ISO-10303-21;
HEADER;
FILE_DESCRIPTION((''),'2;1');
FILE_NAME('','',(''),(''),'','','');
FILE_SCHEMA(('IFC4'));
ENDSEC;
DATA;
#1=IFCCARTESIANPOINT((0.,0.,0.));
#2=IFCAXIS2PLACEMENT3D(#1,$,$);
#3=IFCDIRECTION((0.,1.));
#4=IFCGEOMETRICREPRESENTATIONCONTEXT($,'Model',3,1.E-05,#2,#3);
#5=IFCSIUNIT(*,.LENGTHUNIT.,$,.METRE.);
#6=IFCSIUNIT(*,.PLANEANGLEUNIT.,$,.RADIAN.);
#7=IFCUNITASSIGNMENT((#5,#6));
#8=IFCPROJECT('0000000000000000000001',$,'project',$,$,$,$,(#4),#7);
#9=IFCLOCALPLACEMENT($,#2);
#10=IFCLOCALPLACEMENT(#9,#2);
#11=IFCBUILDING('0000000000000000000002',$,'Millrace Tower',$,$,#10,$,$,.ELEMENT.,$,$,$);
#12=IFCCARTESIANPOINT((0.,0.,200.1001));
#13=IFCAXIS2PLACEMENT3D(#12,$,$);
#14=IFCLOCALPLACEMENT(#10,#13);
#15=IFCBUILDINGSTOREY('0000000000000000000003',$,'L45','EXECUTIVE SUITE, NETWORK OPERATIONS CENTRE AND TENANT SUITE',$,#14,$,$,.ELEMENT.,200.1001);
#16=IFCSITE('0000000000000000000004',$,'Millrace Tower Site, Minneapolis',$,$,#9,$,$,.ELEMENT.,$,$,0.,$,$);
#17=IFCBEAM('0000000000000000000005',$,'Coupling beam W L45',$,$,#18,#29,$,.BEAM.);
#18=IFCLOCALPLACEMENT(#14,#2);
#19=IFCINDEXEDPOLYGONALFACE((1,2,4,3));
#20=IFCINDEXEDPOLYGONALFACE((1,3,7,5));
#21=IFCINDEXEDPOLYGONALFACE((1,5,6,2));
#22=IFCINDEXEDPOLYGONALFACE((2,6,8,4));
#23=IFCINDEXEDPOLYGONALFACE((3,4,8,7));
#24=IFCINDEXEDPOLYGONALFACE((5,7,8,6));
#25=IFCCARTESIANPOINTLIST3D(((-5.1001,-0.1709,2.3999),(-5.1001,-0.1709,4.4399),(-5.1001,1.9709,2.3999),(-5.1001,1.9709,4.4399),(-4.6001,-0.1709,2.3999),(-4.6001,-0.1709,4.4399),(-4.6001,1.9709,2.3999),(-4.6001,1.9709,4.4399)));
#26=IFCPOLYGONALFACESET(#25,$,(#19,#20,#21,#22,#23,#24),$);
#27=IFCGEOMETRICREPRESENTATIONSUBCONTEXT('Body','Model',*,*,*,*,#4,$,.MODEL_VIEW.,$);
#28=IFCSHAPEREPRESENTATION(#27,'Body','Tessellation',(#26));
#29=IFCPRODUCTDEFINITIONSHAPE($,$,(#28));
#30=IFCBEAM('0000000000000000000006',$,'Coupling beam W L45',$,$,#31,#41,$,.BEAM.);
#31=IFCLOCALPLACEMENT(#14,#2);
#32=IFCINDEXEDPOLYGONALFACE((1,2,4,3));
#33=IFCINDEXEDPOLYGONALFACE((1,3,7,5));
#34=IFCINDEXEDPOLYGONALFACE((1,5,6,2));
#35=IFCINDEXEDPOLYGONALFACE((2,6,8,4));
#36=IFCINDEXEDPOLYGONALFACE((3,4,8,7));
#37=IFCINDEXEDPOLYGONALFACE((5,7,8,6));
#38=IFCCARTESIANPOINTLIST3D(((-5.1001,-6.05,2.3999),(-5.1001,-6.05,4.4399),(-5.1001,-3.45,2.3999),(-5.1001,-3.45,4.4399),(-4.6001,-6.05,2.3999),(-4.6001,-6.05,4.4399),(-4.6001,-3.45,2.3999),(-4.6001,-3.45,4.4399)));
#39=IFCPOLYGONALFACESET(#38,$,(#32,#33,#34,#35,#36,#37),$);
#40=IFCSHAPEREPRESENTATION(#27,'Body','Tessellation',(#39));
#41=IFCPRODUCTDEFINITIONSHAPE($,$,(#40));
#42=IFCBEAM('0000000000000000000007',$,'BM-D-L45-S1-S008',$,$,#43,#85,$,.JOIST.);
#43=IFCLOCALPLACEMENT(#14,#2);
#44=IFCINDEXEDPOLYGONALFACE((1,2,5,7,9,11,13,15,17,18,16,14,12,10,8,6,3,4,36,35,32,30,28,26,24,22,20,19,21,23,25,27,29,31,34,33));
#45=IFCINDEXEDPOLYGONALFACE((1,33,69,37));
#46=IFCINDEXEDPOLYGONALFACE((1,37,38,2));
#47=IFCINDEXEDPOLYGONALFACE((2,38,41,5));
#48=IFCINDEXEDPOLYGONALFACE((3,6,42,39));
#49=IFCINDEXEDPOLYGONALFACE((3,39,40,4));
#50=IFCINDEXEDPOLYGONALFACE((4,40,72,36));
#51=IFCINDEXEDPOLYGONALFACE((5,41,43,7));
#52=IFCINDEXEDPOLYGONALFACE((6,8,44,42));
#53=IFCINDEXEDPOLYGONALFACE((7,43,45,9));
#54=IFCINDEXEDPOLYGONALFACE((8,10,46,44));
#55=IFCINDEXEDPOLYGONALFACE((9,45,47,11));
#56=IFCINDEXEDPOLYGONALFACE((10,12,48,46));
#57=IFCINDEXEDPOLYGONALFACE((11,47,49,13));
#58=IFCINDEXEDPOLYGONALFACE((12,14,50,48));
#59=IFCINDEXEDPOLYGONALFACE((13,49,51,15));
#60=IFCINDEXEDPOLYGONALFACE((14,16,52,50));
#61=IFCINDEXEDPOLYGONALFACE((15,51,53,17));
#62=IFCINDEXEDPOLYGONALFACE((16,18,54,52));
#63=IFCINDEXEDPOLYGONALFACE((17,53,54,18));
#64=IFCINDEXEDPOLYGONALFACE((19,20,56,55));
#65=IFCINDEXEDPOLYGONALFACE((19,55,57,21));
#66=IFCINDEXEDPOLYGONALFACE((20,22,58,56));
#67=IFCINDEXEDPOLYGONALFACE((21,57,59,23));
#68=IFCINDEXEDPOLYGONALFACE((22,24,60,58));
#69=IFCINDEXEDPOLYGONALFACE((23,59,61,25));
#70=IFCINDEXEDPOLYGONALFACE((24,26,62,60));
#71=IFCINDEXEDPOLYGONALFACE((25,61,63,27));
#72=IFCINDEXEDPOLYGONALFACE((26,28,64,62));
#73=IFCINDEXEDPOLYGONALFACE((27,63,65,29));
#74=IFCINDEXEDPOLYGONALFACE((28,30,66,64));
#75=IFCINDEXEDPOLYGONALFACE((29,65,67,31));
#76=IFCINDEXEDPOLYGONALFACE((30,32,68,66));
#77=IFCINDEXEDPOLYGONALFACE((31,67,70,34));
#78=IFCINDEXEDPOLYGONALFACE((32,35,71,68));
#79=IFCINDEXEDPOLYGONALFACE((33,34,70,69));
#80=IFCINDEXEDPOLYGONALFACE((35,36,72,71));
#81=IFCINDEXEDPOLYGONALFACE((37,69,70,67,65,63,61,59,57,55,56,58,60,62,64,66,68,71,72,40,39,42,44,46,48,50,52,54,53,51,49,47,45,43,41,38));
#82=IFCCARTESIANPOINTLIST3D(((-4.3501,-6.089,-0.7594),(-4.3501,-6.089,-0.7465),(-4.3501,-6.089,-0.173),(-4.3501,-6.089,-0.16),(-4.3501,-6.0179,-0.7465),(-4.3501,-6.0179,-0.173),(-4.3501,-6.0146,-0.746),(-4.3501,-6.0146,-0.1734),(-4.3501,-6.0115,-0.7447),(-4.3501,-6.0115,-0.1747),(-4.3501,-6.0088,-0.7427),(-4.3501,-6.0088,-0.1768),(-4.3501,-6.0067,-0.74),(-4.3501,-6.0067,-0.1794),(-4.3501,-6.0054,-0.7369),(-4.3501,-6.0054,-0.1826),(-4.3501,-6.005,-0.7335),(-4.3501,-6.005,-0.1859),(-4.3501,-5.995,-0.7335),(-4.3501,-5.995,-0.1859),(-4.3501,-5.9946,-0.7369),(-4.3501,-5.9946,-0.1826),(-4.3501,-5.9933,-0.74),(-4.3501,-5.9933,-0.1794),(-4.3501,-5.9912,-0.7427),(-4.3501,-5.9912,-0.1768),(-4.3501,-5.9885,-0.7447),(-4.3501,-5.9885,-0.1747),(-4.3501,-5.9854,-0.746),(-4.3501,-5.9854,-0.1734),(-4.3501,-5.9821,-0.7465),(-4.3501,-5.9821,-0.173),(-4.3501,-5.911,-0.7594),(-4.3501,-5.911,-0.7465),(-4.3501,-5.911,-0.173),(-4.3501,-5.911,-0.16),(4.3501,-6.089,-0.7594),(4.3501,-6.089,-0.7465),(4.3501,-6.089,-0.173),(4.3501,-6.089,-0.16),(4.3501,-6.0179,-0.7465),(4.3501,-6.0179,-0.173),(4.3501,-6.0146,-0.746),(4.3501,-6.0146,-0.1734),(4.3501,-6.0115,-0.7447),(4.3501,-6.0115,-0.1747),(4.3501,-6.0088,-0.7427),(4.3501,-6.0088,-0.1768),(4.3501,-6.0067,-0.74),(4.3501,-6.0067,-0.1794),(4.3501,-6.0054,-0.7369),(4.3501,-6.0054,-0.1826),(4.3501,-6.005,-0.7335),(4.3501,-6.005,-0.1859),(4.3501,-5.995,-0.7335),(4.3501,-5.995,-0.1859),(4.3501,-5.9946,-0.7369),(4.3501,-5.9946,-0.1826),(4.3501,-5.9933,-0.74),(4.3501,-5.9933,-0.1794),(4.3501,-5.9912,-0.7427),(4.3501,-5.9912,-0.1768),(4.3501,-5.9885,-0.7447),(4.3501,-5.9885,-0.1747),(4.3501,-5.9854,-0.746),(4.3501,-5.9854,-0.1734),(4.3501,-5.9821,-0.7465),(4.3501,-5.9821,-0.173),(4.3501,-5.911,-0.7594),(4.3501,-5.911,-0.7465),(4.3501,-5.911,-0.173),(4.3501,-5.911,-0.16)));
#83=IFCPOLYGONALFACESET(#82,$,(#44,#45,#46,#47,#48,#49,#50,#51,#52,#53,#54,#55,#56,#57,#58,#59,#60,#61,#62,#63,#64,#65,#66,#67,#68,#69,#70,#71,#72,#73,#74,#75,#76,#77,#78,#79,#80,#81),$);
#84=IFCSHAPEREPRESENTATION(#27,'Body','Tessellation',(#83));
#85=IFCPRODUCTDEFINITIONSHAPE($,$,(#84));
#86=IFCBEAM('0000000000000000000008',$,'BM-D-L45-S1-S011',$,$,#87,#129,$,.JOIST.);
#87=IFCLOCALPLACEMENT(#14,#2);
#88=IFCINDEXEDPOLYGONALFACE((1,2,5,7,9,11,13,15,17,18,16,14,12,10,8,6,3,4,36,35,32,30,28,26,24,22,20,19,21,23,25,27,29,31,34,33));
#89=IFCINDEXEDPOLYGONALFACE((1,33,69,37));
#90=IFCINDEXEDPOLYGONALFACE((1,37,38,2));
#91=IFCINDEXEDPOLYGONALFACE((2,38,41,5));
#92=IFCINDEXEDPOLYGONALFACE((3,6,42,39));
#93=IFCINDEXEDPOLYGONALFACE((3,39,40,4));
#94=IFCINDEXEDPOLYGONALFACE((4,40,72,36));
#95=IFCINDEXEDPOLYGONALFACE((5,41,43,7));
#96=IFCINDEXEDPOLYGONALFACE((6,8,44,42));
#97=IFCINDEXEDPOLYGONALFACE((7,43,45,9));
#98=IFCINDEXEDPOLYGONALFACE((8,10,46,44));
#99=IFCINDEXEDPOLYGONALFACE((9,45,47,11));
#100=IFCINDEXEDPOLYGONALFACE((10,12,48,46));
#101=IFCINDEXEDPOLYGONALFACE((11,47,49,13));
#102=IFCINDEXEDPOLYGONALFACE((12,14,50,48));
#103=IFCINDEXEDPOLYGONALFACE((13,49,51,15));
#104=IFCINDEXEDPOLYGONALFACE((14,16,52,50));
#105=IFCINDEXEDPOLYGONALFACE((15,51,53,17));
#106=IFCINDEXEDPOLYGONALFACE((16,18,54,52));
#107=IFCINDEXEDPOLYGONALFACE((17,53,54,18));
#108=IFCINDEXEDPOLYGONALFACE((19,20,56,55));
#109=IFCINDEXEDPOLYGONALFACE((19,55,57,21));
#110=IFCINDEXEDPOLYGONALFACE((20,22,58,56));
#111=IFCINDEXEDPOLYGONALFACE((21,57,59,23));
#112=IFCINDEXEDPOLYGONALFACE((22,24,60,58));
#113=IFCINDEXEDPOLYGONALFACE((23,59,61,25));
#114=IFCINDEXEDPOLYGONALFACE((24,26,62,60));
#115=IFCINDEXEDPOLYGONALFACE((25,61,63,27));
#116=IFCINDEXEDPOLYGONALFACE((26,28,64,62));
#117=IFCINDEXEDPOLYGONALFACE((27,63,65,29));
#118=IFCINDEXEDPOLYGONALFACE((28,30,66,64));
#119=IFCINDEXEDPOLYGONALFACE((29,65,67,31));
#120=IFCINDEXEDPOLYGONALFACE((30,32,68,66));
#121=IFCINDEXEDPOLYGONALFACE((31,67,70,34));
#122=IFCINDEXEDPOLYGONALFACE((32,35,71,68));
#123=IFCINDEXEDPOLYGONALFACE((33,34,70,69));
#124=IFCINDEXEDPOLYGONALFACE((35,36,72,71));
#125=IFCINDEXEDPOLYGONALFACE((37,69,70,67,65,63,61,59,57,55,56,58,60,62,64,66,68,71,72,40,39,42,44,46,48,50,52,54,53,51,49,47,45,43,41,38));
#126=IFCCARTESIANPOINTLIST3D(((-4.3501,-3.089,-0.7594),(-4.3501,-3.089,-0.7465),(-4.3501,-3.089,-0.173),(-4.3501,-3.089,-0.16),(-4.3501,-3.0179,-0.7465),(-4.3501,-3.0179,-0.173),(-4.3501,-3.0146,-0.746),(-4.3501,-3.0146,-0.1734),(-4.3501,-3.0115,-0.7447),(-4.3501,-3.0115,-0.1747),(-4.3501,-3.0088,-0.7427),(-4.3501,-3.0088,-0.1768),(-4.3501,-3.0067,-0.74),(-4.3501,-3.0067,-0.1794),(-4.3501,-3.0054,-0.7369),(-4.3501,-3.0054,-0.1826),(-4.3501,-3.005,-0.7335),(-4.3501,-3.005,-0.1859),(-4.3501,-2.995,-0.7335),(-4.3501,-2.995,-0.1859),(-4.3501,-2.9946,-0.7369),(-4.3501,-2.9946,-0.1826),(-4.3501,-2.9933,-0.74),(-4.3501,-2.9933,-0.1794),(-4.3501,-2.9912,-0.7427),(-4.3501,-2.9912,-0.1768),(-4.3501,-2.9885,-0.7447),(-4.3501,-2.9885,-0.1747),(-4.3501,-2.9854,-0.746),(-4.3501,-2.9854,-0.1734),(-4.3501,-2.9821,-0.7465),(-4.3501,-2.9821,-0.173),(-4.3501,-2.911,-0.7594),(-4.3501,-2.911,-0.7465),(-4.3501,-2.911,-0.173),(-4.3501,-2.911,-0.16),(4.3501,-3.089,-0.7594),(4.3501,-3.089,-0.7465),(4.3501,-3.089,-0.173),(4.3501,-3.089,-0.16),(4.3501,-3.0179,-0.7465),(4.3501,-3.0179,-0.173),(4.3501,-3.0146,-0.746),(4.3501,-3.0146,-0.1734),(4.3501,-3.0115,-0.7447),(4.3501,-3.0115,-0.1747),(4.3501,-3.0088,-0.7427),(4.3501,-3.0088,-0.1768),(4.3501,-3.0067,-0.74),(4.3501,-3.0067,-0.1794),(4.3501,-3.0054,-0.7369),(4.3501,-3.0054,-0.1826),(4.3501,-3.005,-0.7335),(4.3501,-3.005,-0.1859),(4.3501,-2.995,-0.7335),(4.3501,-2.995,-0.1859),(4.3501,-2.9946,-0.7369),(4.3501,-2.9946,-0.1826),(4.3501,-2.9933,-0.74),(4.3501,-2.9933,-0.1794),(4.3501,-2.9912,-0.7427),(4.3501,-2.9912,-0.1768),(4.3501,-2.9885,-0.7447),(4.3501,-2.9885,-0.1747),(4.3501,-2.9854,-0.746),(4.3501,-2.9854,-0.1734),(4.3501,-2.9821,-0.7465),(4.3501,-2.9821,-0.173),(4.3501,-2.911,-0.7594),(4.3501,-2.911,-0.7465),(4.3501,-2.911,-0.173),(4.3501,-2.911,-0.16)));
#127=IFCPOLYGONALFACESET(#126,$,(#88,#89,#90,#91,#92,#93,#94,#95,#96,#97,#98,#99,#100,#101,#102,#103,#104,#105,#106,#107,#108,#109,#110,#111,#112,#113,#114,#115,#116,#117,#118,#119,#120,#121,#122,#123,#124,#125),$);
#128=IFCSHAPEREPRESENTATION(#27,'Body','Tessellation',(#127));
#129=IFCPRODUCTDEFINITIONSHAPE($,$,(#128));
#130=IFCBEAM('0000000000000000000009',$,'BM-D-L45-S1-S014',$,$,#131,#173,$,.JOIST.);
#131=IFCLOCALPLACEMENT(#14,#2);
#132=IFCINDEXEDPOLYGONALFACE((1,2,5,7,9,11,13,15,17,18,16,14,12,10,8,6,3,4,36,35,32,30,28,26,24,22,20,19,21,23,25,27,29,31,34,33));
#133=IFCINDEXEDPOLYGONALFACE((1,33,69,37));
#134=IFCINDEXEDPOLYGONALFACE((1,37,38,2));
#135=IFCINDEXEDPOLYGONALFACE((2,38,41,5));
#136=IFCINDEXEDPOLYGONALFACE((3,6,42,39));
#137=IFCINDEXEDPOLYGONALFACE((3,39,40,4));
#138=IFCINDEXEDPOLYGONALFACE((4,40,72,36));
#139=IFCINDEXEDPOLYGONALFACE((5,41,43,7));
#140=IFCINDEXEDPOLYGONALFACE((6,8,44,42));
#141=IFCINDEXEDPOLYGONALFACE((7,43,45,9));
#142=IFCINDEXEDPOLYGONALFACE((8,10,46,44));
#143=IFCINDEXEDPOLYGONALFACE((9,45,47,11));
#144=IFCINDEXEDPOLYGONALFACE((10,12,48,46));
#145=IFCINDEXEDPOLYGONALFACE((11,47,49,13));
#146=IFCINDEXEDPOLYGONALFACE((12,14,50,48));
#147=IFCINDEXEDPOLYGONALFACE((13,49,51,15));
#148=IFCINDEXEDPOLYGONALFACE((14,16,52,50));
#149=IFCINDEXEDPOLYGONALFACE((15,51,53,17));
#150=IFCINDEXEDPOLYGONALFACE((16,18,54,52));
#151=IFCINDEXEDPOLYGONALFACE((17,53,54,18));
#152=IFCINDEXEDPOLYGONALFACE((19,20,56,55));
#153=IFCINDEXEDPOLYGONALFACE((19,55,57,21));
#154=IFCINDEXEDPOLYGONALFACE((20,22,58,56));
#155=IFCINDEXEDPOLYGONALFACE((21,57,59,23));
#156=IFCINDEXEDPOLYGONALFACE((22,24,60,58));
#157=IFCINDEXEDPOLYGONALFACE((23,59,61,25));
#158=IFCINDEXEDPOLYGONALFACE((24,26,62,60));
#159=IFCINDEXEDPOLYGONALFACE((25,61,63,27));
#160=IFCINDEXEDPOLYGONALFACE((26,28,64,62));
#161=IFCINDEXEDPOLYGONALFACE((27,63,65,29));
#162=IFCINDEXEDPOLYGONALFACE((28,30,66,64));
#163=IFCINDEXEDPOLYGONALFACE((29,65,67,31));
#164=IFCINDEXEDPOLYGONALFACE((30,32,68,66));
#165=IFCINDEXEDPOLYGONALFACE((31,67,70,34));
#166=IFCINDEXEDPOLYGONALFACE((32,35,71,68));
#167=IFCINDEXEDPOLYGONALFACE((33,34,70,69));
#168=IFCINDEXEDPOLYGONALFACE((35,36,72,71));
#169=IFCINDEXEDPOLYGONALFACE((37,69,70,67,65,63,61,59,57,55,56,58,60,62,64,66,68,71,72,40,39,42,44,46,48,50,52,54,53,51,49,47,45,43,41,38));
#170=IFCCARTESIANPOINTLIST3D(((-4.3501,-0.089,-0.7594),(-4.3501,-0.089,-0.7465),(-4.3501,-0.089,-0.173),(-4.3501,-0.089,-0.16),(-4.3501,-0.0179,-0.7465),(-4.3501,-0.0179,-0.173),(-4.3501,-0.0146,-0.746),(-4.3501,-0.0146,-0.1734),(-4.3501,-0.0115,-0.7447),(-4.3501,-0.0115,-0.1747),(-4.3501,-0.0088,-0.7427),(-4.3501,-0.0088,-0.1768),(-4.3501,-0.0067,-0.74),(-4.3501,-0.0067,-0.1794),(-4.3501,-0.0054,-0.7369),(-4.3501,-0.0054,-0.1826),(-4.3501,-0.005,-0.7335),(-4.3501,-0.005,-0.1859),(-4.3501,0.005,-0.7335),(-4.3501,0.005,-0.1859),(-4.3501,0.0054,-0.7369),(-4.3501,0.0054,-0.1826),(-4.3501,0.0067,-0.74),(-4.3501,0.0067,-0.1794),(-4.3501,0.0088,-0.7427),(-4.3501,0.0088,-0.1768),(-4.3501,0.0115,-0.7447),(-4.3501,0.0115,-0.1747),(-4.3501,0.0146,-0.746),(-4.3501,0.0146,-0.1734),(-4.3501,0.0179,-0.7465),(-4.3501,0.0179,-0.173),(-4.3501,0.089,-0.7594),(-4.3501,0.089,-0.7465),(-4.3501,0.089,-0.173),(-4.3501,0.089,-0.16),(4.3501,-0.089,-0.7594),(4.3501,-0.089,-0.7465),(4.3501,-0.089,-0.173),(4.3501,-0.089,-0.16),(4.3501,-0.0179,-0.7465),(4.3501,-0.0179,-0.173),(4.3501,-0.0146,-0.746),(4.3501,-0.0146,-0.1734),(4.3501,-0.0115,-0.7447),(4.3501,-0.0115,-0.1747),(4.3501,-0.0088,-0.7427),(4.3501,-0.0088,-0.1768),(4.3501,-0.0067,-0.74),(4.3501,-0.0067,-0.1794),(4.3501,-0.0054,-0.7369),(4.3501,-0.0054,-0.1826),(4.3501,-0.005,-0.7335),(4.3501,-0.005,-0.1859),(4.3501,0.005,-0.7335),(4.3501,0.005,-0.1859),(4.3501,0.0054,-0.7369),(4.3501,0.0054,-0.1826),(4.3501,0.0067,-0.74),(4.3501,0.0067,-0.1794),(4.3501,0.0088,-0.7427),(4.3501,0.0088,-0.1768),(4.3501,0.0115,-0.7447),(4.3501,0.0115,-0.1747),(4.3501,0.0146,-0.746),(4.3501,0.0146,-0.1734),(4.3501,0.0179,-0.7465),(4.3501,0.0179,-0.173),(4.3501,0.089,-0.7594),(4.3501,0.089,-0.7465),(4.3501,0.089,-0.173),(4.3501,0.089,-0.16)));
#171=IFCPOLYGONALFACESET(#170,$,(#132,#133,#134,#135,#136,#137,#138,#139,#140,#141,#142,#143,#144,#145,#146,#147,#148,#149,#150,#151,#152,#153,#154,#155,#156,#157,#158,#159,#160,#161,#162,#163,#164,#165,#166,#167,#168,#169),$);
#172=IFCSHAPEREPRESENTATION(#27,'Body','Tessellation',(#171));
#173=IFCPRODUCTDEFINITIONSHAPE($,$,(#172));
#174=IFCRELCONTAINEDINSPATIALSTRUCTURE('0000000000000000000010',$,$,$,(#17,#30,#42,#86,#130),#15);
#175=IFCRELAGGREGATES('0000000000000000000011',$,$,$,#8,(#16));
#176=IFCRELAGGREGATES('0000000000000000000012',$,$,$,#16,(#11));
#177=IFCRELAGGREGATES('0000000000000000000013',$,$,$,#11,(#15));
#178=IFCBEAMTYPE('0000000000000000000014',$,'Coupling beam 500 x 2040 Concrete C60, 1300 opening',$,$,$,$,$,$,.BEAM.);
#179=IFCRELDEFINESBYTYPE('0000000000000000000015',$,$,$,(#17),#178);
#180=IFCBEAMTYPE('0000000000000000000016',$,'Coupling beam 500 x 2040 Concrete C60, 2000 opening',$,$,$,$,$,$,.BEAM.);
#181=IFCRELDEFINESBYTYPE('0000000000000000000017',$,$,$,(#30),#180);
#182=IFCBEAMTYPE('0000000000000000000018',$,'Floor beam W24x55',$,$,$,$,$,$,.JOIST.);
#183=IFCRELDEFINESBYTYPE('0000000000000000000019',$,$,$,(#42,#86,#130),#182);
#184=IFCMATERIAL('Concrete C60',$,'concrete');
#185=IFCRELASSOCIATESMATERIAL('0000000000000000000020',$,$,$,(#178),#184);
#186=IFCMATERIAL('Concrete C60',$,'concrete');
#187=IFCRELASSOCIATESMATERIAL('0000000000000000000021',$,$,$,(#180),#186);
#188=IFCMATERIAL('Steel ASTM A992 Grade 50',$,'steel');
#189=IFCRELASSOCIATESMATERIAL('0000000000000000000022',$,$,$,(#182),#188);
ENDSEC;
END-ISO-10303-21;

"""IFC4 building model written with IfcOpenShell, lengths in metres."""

from ifc_helpers import new_model, si_unit, direction, frame, origin, origin_2d, place, context, subcontext, project, spatial, rectangle, i_section, extrude, material, material_profile, profile_set, type_object, element, save


model = new_model("IFC4")

# Units and contexts
model_context = context("Model", 3, precision=1e-05, world=origin(), true_north=direction((0.0, 1.0)))
body_context = subcontext(model_context, "Body", "Model", "MODEL_VIEW")
ifc_project = project(units=[si_unit("LENGTHUNIT", "METRE"), si_unit("PLANEANGLEUNIT", "RADIAN")], contexts=[model_context])

# Site, building, storey
site_placement = place(None, origin())
site = spatial("IfcSite", under=ifc_project, at=site_placement, Name="Millrace Tower Site, Minneapolis", CompositionType="ELEMENT", RefElevation=0.0)
building_placement = place(site_placement, origin())
building = spatial("IfcBuilding", under=site, at=building_placement, Name="Millrace Tower", CompositionType="ELEMENT")
storey_placement = place(building_placement, frame((0.0, 0.0, 200.1001)))
storey = spatial("IfcBuildingStorey", under=building, at=storey_placement, Name="L45", Description="EXECUTIVE SUITE, NETWORK OPERATIONS CENTRE AND TENANT SUITE", CompositionType="ELEMENT", Elevation=200.1001)

# Beams
ifc_material_1 = material(Name="Concrete C60", Category="concrete")
ifc_material_profile_1 = material_profile(ifc_material_1, rectangle(XDim=0.5, YDim=2.04, at=origin_2d()))
ifc_profile_set_1 = profile_set([ifc_material_profile_1], Name="Concrete C60")
beam_type_1 = type_object("IfcBeamType", Name="Coupling beam 500 x 2040 Concrete C60, 1300 opening", PredefinedType="BEAM", material=ifc_profile_set_1)
beam_1_placement = place(storey_placement, frame((-4.8501, -0.1709, 3.4199), z_axis=(0.0, 1.0, 0.0), x_axis=(-1.0, 0.0, 0.0)))
element("IfcBeam", 1, at=beam_1_placement, inside=storey, type_object=beam_type_1, Name="Coupling beam W L45", PredefinedType="BEAM", context=body_context, shape_type="SweptSolid", body=[
    extrude(rectangle(XDim=0.5, YDim=2.04, at=origin_2d()), origin(), (0.0, 0.0, 1.0), 2.1418),
])
ifc_material_2 = material(Name="Concrete C60", Category="concrete")
ifc_material_profile_2 = material_profile(ifc_material_2, rectangle(XDim=0.5, YDim=2.04, at=origin_2d()))
ifc_profile_set_2 = profile_set([ifc_material_profile_2], Name="Concrete C60")
beam_type_2 = type_object("IfcBeamType", Name="Coupling beam 500 x 2040 Concrete C60, 2000 opening", PredefinedType="BEAM", material=ifc_profile_set_2)
beam_2_placement = place(storey_placement, frame((-4.8501, -6.05, 3.4199), z_axis=(0.0, 1.0, 0.0), x_axis=(-1.0, 0.0, 0.0)))
element("IfcBeam", 2, at=beam_2_placement, inside=storey, type_object=beam_type_2, Name="Coupling beam W L45", PredefinedType="BEAM", context=body_context, shape_type="SweptSolid", body=[
    extrude(rectangle(XDim=0.5, YDim=2.04, at=origin_2d()), origin(), (0.0, 0.0, 1.0), 2.6001),
])
ifc_material_3 = material(Name="Steel ASTM A992 Grade 50", Category="steel")
ifc_material_profile_3 = material_profile(ifc_material_3, i_section(OverallWidth=0.178, OverallDepth=0.5994, WebThickness=0.01, FlangeThickness=0.0129, FilletRadius=0.0129, at=origin_2d()))
ifc_profile_set_3 = profile_set([ifc_material_profile_3], Name="Steel ASTM A992 Grade 50")
beam_type_3 = type_object("IfcBeamType", Name="Floor beam W24x55", PredefinedType="JOIST", material=ifc_profile_set_3)
for number, where, z_axis, x_axis, name in (
    (3, (-4.3501, -6.0, -0.4597), (1.0, 0.0, 0.0), (0.0, 1.0, 0.0), "BM-D-L45-S1-S008"),
    (4, (-4.3501, -3.0, -0.4597), (1.0, 0.0, 0.0), (0.0, 1.0, 0.0), "BM-D-L45-S1-S011"),
    (5, (-4.3501, 0.0, -0.4597), (1.0, 0.0, 0.0), (0.0, 1.0, 0.0), "BM-D-L45-S1-S014"),
):
    element("IfcBeam", number, at=place(storey_placement, frame(where, z_axis=z_axis, x_axis=x_axis)), inside=storey, type_object=beam_type_3, Name=name, PredefinedType="JOIST", context=body_context, shape_type="SweptSolid", body=[
        extrude(i_section(OverallWidth=0.178, OverallDepth=0.5994, WebThickness=0.01, FlangeThickness=0.0129, FilletRadius=0.0129, at=origin_2d()), origin(), (0.0, 0.0, 1.0), 8.7002),
    ])

save(model, "model.ifc")
